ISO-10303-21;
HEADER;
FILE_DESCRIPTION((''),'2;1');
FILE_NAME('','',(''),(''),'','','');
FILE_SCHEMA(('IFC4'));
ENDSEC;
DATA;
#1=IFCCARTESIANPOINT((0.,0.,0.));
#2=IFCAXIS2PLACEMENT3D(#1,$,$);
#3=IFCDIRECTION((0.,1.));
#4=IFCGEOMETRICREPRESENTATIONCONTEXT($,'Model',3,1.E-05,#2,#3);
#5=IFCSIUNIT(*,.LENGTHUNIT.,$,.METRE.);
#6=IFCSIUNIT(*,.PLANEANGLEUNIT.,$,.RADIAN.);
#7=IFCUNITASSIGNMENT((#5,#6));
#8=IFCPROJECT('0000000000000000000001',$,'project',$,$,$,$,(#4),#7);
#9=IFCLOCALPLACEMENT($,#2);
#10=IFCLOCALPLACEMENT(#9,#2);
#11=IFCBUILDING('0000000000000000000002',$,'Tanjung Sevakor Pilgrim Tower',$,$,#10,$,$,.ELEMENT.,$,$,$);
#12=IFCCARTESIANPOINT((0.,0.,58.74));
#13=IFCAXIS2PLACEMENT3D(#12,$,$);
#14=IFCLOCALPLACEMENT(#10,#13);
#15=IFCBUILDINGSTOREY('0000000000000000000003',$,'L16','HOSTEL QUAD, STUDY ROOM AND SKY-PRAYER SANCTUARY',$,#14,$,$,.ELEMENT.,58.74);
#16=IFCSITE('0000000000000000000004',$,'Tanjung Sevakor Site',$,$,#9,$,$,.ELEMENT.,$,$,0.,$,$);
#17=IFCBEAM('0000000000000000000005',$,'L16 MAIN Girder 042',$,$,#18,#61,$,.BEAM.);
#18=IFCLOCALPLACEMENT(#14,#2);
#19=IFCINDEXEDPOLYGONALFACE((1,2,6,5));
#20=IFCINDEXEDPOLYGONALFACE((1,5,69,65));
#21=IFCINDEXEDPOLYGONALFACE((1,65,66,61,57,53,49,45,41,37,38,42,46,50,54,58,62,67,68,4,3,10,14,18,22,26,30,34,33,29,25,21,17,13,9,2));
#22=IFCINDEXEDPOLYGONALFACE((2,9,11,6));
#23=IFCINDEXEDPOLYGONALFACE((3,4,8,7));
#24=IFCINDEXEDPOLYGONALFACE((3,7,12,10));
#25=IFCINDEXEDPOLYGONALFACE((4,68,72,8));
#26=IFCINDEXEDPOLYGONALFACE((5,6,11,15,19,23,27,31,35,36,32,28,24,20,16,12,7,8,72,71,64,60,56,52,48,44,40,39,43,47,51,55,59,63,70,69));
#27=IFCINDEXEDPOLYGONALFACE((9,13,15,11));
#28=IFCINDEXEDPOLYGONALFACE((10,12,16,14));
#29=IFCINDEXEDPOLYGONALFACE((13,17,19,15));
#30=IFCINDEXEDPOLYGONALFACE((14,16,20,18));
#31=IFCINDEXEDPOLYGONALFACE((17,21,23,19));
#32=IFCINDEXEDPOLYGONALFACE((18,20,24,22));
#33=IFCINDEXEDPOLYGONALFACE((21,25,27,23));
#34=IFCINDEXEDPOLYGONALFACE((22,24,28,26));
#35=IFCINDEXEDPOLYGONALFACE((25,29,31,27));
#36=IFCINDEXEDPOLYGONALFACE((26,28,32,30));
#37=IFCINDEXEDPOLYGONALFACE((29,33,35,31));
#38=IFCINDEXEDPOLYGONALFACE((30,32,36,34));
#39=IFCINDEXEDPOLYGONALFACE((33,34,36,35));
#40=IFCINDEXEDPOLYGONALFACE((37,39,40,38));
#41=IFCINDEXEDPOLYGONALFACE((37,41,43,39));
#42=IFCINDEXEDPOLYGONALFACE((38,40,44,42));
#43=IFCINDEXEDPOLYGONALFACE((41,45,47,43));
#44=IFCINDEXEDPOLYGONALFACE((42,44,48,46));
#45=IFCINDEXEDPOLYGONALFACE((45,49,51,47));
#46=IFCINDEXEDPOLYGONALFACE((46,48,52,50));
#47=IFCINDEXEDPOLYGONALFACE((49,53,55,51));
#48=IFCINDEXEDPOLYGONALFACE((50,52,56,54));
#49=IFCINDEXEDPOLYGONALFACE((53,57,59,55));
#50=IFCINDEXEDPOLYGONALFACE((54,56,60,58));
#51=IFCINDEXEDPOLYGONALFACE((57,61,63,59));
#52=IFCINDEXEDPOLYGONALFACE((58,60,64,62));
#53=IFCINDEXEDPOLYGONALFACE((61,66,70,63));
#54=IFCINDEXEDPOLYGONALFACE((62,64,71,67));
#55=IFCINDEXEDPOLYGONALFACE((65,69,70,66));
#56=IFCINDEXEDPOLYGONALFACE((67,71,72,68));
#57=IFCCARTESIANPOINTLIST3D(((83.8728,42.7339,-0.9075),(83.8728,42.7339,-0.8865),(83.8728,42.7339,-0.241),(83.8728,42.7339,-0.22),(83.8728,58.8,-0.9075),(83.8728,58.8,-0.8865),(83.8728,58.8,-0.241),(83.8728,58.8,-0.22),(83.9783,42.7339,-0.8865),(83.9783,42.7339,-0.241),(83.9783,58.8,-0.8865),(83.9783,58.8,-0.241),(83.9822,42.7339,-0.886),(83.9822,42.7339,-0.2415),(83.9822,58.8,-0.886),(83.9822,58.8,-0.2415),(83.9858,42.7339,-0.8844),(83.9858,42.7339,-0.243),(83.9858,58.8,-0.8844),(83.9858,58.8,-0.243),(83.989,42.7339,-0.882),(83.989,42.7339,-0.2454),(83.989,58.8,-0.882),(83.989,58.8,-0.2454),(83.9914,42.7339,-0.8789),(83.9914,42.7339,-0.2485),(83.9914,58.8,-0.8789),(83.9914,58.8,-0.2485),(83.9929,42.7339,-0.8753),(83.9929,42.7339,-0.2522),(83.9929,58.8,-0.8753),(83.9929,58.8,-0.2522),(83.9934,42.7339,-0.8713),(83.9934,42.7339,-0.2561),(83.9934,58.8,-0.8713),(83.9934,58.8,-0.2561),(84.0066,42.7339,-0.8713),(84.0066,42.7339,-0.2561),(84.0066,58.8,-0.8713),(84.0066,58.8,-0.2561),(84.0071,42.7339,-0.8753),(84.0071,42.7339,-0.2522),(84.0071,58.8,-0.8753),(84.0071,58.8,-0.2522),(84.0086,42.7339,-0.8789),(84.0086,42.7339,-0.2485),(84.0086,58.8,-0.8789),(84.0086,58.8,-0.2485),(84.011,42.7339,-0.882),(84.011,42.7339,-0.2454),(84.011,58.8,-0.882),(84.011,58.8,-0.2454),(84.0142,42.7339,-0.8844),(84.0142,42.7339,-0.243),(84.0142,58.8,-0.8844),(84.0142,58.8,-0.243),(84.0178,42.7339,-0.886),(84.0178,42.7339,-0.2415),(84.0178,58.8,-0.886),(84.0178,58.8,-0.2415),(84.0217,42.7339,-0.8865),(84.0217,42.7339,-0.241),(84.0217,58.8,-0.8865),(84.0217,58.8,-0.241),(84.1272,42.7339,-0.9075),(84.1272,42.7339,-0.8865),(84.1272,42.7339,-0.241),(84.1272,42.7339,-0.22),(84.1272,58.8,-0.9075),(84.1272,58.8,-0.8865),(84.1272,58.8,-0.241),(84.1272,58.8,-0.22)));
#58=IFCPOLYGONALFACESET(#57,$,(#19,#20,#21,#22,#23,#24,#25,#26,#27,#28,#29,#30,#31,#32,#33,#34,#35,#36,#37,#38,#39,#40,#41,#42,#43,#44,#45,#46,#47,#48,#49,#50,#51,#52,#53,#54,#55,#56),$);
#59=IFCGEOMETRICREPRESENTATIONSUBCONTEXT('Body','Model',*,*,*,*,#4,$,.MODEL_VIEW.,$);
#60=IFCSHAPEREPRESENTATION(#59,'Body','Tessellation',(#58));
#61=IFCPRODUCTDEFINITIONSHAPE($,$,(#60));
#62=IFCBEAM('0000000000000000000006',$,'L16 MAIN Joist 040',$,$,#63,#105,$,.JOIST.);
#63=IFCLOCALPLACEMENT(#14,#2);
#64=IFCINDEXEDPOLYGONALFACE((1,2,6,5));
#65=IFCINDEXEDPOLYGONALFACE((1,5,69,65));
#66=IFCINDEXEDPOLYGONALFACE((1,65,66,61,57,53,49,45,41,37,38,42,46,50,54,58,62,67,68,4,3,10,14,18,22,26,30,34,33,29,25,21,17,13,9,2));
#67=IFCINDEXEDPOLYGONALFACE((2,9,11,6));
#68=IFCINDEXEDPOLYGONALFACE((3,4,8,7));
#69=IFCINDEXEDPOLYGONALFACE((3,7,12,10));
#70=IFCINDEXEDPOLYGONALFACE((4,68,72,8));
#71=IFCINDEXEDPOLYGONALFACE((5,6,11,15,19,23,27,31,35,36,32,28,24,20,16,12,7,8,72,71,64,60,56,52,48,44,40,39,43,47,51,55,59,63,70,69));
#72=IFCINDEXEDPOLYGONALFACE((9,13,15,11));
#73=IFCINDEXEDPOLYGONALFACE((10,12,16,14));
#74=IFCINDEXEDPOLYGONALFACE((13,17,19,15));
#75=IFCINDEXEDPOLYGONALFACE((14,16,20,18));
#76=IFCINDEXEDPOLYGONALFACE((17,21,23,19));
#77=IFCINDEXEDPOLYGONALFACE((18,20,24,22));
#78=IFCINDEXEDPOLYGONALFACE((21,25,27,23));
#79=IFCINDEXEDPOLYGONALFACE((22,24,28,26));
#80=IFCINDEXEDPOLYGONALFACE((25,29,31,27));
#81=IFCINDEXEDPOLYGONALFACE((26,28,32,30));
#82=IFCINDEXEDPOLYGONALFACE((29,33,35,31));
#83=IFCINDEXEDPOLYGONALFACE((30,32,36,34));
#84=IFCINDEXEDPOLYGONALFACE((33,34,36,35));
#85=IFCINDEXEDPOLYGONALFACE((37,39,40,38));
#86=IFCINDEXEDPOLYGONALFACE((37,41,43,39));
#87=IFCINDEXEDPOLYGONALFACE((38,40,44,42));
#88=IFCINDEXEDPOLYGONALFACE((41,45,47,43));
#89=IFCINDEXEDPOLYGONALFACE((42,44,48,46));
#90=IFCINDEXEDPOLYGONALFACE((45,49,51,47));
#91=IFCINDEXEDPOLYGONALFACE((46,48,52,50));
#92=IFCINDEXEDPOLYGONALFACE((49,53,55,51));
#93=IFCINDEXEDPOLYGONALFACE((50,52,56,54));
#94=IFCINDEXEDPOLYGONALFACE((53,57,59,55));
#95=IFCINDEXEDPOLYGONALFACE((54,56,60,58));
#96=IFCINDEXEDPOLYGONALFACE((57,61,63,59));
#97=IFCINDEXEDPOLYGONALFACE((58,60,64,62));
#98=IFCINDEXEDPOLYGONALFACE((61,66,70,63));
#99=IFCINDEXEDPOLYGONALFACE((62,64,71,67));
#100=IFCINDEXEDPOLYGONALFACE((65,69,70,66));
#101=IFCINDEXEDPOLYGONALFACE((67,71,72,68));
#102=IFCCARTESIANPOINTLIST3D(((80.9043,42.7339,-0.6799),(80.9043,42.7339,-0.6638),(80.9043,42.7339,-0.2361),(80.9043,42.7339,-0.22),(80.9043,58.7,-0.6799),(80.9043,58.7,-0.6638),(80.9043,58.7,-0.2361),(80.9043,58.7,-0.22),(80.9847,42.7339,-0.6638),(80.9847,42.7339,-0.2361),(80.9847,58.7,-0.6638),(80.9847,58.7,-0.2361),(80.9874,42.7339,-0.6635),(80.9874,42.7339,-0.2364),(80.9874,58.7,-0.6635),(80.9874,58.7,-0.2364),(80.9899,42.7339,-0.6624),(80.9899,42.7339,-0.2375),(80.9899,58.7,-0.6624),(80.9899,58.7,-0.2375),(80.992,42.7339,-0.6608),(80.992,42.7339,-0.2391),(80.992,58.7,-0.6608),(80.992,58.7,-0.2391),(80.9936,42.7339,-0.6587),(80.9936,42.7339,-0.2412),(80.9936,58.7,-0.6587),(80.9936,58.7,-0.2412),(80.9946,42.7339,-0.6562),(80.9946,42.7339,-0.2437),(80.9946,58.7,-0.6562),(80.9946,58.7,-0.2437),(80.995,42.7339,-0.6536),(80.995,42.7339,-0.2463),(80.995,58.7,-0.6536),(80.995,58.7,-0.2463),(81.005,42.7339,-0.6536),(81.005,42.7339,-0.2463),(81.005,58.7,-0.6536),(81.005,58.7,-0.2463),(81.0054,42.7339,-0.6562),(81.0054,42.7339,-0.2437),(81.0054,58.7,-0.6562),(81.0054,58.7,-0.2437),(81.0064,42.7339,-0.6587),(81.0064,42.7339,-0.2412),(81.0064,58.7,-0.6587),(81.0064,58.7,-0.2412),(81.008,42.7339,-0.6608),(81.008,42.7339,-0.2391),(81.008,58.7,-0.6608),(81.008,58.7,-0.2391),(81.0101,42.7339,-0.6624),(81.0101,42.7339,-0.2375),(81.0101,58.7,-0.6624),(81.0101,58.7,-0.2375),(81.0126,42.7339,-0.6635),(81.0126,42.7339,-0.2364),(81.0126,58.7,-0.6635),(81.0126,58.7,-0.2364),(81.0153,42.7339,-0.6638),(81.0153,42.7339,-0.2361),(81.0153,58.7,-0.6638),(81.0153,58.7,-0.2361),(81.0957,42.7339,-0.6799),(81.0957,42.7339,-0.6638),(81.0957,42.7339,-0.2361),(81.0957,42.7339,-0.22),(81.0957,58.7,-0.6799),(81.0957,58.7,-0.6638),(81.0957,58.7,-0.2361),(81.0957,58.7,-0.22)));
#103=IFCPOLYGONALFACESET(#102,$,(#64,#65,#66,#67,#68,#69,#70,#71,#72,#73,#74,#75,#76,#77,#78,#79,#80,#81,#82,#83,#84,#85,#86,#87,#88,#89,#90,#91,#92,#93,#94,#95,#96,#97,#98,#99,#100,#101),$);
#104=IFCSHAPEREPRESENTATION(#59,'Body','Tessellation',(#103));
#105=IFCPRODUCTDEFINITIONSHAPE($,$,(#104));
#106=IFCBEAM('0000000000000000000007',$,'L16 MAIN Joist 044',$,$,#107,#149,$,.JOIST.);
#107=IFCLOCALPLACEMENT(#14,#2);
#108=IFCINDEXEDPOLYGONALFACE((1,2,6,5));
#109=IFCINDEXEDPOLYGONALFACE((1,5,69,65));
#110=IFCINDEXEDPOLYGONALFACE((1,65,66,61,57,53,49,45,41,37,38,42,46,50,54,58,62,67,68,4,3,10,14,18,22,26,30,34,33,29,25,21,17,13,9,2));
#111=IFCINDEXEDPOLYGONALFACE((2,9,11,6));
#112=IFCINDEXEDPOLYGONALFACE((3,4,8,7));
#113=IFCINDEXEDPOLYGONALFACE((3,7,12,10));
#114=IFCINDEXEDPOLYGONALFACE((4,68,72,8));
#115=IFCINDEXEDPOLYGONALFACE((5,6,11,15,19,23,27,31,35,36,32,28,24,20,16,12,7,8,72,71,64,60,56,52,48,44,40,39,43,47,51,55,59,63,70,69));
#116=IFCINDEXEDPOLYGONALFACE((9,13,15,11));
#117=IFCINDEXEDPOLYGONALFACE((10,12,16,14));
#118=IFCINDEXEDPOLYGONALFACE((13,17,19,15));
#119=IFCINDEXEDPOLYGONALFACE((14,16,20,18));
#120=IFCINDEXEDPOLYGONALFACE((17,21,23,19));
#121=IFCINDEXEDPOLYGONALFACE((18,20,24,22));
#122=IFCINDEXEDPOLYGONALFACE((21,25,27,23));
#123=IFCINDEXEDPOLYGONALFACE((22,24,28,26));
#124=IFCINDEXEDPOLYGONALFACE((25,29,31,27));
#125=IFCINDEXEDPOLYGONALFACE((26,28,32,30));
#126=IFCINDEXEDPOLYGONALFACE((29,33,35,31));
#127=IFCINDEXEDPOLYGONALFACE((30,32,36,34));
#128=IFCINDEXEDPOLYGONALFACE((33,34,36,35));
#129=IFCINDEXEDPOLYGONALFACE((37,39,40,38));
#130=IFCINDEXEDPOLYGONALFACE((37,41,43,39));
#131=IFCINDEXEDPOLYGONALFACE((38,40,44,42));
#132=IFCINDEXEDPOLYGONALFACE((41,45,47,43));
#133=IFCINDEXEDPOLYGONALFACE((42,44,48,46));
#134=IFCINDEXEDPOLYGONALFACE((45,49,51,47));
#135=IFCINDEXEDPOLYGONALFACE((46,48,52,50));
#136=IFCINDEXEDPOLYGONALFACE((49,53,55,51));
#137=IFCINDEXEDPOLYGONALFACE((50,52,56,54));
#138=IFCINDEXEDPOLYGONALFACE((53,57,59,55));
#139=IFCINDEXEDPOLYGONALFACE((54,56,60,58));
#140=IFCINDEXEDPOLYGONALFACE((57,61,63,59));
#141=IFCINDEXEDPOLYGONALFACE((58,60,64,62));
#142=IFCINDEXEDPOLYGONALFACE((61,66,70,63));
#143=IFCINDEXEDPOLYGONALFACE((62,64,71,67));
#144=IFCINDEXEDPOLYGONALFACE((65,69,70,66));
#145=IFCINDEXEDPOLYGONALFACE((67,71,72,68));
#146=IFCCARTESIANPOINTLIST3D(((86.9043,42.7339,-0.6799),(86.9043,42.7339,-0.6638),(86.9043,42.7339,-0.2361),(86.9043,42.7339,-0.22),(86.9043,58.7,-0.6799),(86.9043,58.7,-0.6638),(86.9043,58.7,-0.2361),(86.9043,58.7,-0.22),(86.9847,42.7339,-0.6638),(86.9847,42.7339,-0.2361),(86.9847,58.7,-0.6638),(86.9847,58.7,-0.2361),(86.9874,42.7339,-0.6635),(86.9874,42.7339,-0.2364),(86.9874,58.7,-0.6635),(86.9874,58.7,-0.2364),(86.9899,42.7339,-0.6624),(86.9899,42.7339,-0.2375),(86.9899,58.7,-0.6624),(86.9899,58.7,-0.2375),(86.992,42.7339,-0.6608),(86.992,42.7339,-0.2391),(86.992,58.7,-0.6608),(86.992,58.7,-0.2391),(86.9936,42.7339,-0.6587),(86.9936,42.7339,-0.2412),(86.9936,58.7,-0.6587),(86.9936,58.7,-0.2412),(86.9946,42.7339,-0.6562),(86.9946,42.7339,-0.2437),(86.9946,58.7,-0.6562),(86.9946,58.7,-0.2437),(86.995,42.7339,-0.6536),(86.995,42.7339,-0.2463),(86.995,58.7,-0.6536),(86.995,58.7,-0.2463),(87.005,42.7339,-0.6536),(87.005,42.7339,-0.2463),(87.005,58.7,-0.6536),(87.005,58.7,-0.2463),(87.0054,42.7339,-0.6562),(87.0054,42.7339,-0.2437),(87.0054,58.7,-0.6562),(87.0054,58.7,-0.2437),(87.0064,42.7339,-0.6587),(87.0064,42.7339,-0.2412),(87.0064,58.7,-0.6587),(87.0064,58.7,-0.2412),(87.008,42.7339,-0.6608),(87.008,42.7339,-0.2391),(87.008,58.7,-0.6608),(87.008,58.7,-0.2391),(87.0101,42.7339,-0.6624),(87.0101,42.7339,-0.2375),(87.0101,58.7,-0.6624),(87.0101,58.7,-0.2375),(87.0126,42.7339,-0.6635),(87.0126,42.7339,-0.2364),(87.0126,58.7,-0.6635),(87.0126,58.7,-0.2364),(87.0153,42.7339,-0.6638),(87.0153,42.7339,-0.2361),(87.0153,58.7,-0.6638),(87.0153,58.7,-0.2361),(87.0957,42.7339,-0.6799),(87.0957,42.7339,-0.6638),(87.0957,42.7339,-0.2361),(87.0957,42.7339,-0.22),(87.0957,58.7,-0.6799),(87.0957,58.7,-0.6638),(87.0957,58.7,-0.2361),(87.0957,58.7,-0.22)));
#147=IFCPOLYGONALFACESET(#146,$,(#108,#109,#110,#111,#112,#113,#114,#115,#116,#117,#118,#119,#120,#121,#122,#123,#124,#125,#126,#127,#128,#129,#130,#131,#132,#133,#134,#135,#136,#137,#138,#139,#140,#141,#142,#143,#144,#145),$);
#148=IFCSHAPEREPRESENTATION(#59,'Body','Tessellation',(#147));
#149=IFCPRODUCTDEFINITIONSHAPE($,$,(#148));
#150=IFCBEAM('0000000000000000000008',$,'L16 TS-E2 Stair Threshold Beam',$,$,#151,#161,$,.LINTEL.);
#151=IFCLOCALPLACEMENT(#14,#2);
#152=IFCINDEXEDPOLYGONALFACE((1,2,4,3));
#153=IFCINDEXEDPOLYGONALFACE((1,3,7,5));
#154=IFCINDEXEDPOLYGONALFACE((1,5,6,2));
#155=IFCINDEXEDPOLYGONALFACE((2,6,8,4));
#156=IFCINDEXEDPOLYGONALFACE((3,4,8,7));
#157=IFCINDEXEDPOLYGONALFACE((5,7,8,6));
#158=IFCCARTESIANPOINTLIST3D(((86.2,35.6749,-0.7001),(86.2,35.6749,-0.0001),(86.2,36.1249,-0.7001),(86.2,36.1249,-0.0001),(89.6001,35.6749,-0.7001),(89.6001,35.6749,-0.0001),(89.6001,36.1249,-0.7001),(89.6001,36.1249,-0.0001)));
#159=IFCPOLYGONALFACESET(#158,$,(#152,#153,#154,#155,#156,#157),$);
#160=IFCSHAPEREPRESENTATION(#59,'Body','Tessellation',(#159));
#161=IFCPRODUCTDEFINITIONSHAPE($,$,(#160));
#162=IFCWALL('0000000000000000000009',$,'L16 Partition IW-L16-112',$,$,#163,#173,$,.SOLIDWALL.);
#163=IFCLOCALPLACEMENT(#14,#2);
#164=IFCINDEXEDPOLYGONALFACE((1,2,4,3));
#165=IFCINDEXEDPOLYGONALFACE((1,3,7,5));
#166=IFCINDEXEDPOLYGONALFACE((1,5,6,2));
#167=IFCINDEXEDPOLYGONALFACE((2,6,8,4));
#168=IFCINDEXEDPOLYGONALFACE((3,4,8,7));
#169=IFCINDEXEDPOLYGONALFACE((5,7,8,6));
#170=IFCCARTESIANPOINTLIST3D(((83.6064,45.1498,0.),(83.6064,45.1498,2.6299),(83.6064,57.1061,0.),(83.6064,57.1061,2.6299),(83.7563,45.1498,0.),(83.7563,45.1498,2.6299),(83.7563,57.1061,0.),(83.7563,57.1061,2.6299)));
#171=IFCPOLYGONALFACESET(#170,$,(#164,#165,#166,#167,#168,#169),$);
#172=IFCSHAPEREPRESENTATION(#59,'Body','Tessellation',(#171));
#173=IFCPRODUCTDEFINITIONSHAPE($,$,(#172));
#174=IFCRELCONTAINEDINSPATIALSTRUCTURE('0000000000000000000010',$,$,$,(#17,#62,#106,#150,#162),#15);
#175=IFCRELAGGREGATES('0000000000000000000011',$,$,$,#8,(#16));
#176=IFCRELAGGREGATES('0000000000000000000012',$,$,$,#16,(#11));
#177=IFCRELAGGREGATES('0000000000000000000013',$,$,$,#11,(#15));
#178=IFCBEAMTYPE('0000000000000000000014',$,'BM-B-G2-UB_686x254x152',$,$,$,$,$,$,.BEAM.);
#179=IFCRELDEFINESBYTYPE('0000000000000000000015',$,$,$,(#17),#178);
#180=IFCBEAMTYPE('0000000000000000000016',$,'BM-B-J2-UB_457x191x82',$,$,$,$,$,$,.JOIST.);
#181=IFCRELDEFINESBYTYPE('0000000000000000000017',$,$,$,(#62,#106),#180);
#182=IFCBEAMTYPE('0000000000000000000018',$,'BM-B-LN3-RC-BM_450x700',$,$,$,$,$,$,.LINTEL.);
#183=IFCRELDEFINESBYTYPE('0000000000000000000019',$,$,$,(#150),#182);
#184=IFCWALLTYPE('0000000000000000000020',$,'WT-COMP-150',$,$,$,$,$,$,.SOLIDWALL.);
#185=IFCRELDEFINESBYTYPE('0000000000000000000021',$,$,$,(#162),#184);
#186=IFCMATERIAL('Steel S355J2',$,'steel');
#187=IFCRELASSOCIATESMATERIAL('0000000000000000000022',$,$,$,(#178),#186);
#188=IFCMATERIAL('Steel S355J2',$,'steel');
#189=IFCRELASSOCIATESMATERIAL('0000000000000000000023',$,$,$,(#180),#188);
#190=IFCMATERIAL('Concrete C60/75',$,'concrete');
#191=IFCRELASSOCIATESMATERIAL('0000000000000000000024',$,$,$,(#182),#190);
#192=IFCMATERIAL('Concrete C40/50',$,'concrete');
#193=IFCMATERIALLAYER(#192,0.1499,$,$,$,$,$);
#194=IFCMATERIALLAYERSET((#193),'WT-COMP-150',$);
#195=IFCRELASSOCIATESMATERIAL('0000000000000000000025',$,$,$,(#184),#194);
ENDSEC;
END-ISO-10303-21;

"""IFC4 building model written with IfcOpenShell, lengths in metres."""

from ifc_helpers import new_model, si_unit, direction, frame, frame_2d, origin, origin_2d, place, context, subcontext, project, spatial, rectangle, i_section, extrude, material, layer, layer_set, material_profile, profile_set, type_object, element, save


model = new_model("IFC4")

# Units and contexts
model_context = context("Model", 3, precision=1e-05, world=origin(), true_north=direction((0.0, 1.0)))
body_context = subcontext(model_context, "Body", "Model", "MODEL_VIEW")
ifc_project = project(units=[si_unit("LENGTHUNIT", "METRE"), si_unit("PLANEANGLEUNIT", "RADIAN")], contexts=[model_context])

# Site, building, storey
site_placement = place(None, origin())
site = spatial("IfcSite", under=ifc_project, at=site_placement, Name="Tanjung Sevakor Site", CompositionType="ELEMENT", RefElevation=0.0)
building_placement = place(site_placement, origin())
building = spatial("IfcBuilding", under=site, at=building_placement, Name="Tanjung Sevakor Pilgrim Tower", CompositionType="ELEMENT")
storey_placement = place(building_placement, frame((0.0, 0.0, 58.74)))
storey = spatial("IfcBuildingStorey", under=building, at=storey_placement, Name="L16", Description="HOSTEL QUAD, STUDY ROOM AND SKY-PRAYER SANCTUARY", CompositionType="ELEMENT", Elevation=58.74)

# Beams
ifc_material_1 = material(Name="Steel S355J2", Category="steel")
ifc_material_profile_1 = material_profile(ifc_material_1, i_section(OverallWidth=0.2544, OverallDepth=0.6875, WebThickness=0.0132, FlangeThickness=0.021, FilletRadius=0.0151, at=origin_2d()))
ifc_profile_set_1 = profile_set([ifc_material_profile_1], Name="Steel S355J2")
beam_type_1 = type_object("IfcBeamType", Name="BM-B-G2-UB_686x254x152", PredefinedType="BEAM", material=ifc_profile_set_1)
beam_1_placement = place(storey_placement, frame((84.0, 42.7339, -0.5637), z_axis=(0.0, 1.0, 0.0), x_axis=(-1.0, 0.0, 0.0)))
element("IfcBeam", 1, at=beam_1_placement, inside=storey, type_object=beam_type_1, Name="L16 MAIN Girder 042", PredefinedType="BEAM", context=body_context, shape_type="SweptSolid", body=[
    extrude(i_section(OverallWidth=0.2544, OverallDepth=0.6875, WebThickness=0.0132, FlangeThickness=0.021, FilletRadius=0.0151, at=origin_2d()), origin(), (0.0, 0.0, 1.0), 16.0662),
])
ifc_material_2 = material(Name="Steel S355J2", Category="steel")
ifc_material_profile_2 = material_profile(ifc_material_2, i_section(OverallWidth=0.1914, OverallDepth=0.46, WebThickness=0.01, FlangeThickness=0.0161, FilletRadius=0.0103, at=origin_2d()))
ifc_profile_set_2 = profile_set([ifc_material_profile_2], Name="Steel S355J2")
beam_type_2 = type_object("IfcBeamType", Name="BM-B-J2-UB_457x191x82", PredefinedType="JOIST", material=ifc_profile_set_2)
for number, where, z_axis, x_axis, name in (
    (2, (81.0, 42.7339, -0.45), (0.0, 1.0, 0.0), (-1.0, 0.0, 0.0), "L16 MAIN Joist 040"),
    (3, (87.0, 42.7339, -0.45), (0.0, 1.0, 0.0), (-1.0, 0.0, 0.0), "L16 MAIN Joist 044"),
):
    element("IfcBeam", number, at=place(storey_placement, frame(where, z_axis=z_axis, x_axis=x_axis)), inside=storey, type_object=beam_type_2, Name=name, PredefinedType="JOIST", context=body_context, shape_type="SweptSolid", body=[
        extrude(i_section(OverallWidth=0.1914, OverallDepth=0.46, WebThickness=0.01, FlangeThickness=0.0161, FilletRadius=0.0103, at=origin_2d()), origin(), (0.0, 0.0, 1.0), 15.9661),
    ])
ifc_material_3 = material(Name="Concrete C60/75", Category="concrete")
ifc_material_profile_3 = material_profile(ifc_material_3, rectangle(XDim=0.45, YDim=0.7, at=origin_2d()))
ifc_profile_set_3 = profile_set([ifc_material_profile_3], Name="Concrete C60/75")
beam_type_3 = type_object("IfcBeamType", Name="BM-B-LN3-RC-BM_450x700", PredefinedType="LINTEL", material=ifc_profile_set_3)
beam_2_placement = place(storey_placement, frame((86.2, 35.8999, -0.3501), z_axis=(1.0, 0.0, 0.0), x_axis=(0.0, 1.0, 0.0)))
element("IfcBeam", 4, at=beam_2_placement, inside=storey, type_object=beam_type_3, Name="L16 TS-E2 Stair Threshold Beam", PredefinedType="LINTEL", context=body_context, shape_type="SweptSolid", body=[
    extrude(rectangle(XDim=0.45, YDim=0.7, at=origin_2d()), origin(), (0.0, 0.0, 1.0), 3.4001),
])

# Wall
ifc_material_4 = material(Name="Concrete C40/50", Category="concrete")
ifc_layer_1 = layer(ifc_material_4, 0.1499)
ifc_layer_set_1 = layer_set([ifc_layer_1], Name="WT-COMP-150")
wall_type_1 = type_object("IfcWallType", Name="WT-COMP-150", PredefinedType="SOLIDWALL", material=ifc_layer_set_1)
wall_1_placement = place(storey_placement, frame((83.6814, 45.1499, 0.0), z_axis=(0.0, 0.0, 1.0), x_axis=(0.0, 1.0, 0.0)))
element("IfcWall", 5, at=wall_1_placement, inside=storey, type_object=wall_type_1, Name="L16 Partition IW-L16-112", PredefinedType="SOLIDWALL", context=body_context, shape_type="SweptSolid", body=[
    extrude(rectangle(XDim=11.9563, YDim=0.1499, at=frame_2d((5.978, 0.0))), origin(), (0.0, 0.0, 1.0), 2.6299),
])

save(model, "model.ifc")
